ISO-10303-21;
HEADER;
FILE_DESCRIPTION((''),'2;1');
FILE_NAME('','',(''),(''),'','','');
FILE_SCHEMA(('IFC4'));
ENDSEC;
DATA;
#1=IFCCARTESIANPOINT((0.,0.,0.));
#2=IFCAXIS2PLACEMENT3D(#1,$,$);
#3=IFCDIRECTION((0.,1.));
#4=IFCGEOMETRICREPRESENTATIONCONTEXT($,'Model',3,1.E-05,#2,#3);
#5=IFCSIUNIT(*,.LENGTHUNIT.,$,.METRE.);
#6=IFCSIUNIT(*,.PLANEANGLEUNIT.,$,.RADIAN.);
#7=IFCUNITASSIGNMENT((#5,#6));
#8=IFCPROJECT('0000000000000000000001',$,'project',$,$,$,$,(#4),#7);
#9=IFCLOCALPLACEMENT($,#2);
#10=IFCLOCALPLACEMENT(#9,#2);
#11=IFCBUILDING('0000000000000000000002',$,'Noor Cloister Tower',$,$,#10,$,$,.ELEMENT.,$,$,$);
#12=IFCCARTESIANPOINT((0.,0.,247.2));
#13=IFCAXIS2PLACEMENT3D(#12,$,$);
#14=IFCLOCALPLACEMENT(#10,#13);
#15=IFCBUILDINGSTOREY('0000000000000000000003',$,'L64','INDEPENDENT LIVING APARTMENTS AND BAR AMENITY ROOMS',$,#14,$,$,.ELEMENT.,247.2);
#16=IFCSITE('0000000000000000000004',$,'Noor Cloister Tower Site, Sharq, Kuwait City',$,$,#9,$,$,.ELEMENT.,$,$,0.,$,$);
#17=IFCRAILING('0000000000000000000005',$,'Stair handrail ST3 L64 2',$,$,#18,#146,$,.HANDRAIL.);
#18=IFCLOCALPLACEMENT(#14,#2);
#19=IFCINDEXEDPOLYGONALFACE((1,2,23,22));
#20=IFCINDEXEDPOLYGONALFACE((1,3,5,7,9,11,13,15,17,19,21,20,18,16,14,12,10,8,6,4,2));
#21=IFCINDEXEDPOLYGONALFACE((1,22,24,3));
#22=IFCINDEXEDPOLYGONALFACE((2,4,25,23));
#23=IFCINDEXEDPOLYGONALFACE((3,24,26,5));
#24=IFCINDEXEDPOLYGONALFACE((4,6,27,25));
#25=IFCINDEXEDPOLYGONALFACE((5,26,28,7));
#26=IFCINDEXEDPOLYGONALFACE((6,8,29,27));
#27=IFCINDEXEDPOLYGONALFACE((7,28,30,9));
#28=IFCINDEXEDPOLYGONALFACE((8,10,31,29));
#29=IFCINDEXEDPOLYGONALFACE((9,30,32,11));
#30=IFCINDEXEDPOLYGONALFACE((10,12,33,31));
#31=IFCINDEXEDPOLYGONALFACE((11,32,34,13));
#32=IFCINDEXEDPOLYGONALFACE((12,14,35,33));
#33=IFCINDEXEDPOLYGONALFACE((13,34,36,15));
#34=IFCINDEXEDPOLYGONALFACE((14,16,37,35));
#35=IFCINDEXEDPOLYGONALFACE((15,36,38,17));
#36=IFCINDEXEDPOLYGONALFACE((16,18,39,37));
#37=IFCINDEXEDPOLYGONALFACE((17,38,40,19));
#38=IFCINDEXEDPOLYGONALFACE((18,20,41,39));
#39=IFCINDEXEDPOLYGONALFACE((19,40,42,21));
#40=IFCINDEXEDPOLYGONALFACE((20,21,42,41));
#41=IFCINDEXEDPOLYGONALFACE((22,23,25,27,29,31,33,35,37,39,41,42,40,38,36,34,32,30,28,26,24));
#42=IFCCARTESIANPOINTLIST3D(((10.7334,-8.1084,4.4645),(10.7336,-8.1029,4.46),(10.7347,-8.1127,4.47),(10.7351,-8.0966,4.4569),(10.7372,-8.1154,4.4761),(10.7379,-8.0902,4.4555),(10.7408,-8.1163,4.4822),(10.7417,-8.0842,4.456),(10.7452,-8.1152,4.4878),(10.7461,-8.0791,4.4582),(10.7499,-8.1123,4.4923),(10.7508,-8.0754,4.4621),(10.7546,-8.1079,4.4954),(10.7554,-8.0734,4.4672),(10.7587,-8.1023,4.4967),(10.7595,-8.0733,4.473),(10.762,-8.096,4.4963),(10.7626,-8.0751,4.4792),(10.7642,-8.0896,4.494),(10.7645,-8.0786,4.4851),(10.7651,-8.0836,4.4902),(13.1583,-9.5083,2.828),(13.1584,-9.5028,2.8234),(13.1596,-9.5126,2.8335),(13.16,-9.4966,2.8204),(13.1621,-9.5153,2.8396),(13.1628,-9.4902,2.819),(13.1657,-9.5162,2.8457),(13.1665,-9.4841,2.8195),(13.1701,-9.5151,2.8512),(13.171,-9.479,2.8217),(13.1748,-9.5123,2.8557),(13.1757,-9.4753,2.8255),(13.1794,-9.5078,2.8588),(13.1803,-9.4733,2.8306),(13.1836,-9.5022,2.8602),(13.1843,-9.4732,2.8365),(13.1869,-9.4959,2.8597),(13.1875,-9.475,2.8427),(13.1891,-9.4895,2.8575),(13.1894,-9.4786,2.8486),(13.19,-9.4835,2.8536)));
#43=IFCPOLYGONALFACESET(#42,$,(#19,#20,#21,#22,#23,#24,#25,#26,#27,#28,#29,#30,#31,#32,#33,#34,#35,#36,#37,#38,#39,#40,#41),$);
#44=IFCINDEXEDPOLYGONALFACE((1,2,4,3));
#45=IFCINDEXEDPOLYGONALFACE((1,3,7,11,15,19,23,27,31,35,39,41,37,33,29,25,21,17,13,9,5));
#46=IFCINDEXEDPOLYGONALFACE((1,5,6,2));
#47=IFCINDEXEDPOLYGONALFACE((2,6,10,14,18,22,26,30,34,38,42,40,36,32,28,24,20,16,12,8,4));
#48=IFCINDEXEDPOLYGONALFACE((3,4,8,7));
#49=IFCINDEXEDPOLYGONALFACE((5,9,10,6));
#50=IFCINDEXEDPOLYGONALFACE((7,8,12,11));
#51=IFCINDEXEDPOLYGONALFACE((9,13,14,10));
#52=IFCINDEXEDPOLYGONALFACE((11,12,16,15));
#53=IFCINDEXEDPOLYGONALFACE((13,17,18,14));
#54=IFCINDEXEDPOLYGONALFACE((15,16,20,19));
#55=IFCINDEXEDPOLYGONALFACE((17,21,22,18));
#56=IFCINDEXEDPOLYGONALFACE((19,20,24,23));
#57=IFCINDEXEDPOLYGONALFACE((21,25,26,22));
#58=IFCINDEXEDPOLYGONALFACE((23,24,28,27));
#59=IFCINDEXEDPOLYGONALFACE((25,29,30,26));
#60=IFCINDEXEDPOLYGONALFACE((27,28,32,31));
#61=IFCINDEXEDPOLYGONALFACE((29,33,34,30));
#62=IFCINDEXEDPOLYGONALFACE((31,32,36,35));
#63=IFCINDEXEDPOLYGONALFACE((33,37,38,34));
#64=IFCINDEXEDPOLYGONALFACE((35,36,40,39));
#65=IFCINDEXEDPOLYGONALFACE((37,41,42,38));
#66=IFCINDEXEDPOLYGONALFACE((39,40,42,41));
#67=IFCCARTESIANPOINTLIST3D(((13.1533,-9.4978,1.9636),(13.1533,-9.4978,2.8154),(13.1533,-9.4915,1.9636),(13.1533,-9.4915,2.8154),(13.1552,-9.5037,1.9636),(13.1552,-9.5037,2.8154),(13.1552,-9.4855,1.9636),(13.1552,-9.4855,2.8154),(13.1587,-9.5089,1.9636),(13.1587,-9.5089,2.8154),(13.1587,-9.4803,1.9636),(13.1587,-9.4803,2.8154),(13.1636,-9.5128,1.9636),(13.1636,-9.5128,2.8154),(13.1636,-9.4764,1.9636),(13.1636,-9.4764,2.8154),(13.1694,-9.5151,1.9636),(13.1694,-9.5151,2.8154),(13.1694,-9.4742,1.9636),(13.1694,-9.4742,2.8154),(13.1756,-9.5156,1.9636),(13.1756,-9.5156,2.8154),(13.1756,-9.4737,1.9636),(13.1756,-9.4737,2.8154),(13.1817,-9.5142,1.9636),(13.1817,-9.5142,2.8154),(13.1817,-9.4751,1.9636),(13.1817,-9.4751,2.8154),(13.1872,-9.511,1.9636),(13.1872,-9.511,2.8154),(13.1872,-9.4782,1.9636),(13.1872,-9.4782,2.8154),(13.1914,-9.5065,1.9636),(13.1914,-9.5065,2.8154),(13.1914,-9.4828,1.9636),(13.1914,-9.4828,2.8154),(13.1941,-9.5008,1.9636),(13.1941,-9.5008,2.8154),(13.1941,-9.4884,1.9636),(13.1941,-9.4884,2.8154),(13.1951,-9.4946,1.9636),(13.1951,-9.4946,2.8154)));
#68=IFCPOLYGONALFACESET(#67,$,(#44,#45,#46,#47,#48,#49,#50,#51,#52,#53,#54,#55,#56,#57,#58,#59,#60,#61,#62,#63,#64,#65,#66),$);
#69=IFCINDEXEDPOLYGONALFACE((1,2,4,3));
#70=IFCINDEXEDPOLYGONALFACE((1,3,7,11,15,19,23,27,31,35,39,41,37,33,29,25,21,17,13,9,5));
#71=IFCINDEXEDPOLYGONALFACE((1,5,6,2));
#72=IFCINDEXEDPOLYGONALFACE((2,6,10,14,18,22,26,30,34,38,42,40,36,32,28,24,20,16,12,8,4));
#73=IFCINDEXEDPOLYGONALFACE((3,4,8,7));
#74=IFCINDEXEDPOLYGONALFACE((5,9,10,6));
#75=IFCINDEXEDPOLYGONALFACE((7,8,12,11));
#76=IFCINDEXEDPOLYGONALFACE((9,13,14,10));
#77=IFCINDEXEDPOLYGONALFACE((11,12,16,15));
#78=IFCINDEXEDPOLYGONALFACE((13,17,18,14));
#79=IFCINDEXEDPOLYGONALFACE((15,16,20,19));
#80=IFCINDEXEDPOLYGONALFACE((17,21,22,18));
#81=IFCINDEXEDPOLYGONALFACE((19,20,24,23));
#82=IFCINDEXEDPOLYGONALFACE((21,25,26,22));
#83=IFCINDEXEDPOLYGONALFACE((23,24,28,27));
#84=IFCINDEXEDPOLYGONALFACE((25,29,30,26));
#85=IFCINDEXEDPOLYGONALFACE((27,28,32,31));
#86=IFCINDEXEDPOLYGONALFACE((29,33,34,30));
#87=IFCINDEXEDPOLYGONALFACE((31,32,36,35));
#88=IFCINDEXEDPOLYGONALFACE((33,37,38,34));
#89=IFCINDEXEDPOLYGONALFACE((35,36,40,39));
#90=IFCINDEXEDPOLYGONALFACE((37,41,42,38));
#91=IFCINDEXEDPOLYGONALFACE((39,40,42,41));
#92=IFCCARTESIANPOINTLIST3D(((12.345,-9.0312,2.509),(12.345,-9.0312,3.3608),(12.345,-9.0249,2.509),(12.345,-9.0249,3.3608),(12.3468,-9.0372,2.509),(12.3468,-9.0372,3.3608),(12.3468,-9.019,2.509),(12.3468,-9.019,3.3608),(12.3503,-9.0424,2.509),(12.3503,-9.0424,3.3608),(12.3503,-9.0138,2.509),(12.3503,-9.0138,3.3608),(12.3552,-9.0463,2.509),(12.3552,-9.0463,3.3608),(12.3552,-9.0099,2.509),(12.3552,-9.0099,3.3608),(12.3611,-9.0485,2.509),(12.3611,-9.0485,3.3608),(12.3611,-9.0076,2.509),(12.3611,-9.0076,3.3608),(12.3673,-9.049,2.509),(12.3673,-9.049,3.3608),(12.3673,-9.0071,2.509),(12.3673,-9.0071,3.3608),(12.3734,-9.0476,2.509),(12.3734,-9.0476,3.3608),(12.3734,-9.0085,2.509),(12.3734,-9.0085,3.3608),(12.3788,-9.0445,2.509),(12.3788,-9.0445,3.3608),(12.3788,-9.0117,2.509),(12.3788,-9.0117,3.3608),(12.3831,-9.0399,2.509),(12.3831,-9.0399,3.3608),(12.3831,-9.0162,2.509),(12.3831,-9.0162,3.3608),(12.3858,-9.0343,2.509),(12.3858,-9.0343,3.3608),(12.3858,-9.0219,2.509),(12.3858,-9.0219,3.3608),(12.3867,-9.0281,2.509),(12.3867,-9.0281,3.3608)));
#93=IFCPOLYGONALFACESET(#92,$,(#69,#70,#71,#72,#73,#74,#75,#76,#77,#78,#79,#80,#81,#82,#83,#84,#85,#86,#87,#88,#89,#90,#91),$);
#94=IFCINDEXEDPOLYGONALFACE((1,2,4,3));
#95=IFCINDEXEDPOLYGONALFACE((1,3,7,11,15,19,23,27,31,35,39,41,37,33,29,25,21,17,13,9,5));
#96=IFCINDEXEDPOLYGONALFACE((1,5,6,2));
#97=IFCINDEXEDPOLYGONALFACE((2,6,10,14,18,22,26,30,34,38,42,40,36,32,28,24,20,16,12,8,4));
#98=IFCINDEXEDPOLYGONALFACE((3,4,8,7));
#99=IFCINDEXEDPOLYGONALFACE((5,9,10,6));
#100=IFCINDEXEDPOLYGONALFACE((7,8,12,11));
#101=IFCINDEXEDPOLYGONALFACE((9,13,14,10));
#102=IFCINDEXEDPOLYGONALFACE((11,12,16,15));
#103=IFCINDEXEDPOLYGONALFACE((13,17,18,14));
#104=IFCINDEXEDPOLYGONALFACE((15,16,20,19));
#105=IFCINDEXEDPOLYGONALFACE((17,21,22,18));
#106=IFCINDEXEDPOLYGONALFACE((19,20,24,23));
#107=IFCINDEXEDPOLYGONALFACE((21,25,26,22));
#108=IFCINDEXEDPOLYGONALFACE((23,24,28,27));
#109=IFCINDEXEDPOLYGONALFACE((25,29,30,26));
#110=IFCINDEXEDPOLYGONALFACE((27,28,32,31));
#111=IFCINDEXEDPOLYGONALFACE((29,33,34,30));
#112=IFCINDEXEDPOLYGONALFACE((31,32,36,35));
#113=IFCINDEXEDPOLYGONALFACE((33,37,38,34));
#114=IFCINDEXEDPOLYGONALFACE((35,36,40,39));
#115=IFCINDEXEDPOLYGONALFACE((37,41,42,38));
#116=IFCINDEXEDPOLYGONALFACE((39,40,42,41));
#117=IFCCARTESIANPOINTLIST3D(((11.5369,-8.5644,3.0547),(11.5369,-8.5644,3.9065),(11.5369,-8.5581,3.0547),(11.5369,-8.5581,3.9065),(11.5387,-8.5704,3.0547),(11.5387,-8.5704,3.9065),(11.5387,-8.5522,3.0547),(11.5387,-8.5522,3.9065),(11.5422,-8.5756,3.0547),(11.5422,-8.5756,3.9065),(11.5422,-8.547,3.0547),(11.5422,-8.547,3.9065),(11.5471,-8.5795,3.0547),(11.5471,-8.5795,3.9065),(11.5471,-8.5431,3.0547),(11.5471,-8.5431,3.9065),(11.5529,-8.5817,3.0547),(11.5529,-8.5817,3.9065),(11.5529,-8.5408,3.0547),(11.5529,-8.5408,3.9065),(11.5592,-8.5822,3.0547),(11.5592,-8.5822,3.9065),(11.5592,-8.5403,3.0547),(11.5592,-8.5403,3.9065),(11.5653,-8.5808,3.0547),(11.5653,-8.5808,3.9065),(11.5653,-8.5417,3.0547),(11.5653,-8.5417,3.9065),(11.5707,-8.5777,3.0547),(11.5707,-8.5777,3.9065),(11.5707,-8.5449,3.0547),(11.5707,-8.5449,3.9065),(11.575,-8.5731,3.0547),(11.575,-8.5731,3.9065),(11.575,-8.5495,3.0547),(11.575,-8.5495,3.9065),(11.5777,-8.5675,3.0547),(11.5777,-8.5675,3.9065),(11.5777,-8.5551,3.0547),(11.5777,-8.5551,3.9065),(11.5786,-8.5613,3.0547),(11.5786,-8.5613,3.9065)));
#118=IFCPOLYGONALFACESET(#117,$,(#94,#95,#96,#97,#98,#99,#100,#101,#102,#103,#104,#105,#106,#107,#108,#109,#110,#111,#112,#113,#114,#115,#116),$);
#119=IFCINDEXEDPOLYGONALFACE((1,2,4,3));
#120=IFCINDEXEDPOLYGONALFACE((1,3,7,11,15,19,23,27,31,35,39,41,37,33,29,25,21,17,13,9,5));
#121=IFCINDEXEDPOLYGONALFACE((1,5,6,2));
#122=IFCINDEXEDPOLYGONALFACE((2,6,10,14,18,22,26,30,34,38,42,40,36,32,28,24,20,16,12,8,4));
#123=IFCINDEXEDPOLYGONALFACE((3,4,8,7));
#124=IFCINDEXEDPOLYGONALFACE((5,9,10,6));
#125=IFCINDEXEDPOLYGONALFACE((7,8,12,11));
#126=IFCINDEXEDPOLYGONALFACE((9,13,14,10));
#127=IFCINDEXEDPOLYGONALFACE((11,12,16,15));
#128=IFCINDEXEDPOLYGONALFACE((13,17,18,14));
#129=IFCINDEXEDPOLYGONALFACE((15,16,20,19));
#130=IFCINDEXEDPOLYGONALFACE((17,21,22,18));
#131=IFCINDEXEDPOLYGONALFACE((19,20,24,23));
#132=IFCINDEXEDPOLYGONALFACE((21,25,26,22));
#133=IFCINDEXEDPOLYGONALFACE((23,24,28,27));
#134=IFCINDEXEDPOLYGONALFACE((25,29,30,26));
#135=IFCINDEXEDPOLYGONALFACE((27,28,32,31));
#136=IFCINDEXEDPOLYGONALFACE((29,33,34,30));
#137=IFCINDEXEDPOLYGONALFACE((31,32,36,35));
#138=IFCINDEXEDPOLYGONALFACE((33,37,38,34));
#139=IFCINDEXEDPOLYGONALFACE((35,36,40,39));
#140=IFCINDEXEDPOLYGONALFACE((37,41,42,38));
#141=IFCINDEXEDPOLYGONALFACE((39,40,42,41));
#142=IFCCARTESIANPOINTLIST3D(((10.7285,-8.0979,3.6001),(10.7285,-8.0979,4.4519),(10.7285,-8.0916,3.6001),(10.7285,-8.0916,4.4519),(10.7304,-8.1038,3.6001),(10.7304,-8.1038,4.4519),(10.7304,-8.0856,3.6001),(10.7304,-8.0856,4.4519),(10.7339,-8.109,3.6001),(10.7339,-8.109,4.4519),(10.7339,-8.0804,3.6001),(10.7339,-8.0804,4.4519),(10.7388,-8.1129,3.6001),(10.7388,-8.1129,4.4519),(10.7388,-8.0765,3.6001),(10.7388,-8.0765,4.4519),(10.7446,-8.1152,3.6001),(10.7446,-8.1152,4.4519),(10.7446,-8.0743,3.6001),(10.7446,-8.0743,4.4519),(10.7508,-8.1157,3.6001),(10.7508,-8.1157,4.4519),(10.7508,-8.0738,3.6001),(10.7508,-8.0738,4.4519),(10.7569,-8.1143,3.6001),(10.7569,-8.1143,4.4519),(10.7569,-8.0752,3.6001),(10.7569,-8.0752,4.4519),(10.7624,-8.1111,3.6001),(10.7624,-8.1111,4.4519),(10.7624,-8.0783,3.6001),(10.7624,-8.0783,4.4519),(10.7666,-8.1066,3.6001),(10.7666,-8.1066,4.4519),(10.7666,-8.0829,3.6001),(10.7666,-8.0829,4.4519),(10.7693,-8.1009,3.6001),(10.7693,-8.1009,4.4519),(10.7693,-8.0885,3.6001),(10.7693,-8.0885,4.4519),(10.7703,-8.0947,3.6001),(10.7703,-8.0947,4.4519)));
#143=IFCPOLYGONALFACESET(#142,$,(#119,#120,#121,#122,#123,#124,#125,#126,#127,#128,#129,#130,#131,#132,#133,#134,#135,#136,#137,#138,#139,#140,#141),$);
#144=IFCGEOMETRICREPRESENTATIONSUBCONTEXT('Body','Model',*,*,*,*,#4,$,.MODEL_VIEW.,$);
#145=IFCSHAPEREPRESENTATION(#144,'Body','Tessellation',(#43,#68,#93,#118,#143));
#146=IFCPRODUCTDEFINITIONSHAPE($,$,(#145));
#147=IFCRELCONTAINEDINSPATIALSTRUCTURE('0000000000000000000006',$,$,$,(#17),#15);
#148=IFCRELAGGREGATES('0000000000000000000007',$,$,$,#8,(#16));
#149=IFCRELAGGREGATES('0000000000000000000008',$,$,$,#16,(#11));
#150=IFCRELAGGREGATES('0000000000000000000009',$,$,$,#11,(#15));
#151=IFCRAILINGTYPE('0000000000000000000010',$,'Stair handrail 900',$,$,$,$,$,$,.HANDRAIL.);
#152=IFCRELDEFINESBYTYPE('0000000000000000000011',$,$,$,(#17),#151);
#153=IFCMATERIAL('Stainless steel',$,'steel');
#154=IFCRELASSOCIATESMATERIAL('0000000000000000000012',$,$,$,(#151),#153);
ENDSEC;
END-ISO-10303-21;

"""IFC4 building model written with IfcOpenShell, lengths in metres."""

from ifc_helpers import new_model, si_unit, direction, frame, origin, origin_2d, place, context, subcontext, project, spatial, circle, extrude, material, type_object, element, save


model = new_model("IFC4")

# Units and contexts
model_context = context("Model", 3, precision=1e-05, world=origin(), true_north=direction((0.0, 1.0)))
body_context = subcontext(model_context, "Body", "Model", "MODEL_VIEW")
ifc_project = project(units=[si_unit("LENGTHUNIT", "METRE"), si_unit("PLANEANGLEUNIT", "RADIAN")], contexts=[model_context])

# Site, building, storey
site_placement = place(None, origin())
site = spatial("IfcSite", under=ifc_project, at=site_placement, Name="Noor Cloister Tower Site, Sharq, Kuwait City", CompositionType="ELEMENT", RefElevation=0.0)
building_placement = place(site_placement, origin())
building = spatial("IfcBuilding", under=site, at=building_placement, Name="Noor Cloister Tower", CompositionType="ELEMENT")
storey_placement = place(building_placement, frame((0.0, 0.0, 247.2)))
storey = spatial("IfcBuildingStorey", under=building, at=storey_placement, Name="L64", Description="INDEPENDENT LIVING APARTMENTS AND BAR AMENITY ROOMS", CompositionType="ELEMENT", Elevation=247.2)

# Railing
ifc_material_1 = material(Name="Stainless steel", Category="steel")
railing_type_1 = type_object("IfcRailingType", Name="Stair handrail 900", PredefinedType="HANDRAIL", material=ifc_material_1)
railing_1_placement = place(storey_placement, frame((13.1741, -9.4946, 1.9636)))
element("IfcRailing", 1, at=railing_1_placement, inside=storey, type_object=railing_type_1, Name="Stair handrail ST3 L64 2", PredefinedType="HANDRAIL", context=body_context, shape_type="SweptSolid", body=[
    extrude(circle(Radius=0.0239, at=origin_2d()), frame((0.0, 0.0, 0.876), z_axis=(-0.74769, 0.431661, 0.504608), x_axis=(-0.499984, -0.866035, 0.0)), (0.0, 0.0, 1.0), 3.2432),
    extrude(circle(Radius=0.021, at=origin_2d()), origin(), (0.0, 0.0, 1.0), 0.8518),
    extrude(circle(Radius=0.021, at=origin_2d()), frame((-0.8083, 0.4666, 0.5454)), (0.0, 0.0, 1.0), 0.8518),
    extrude(circle(Radius=0.021, at=origin_2d()), frame((-1.6165, 0.9333, 1.0911)), (0.0, 0.0, 1.0), 0.8518),
    extrude(circle(Radius=0.021, at=origin_2d()), frame((-2.4248, 1.3999, 1.6365)), (0.0, 0.0, 1.0), 0.8518),
])

save(model, "model.ifc")
